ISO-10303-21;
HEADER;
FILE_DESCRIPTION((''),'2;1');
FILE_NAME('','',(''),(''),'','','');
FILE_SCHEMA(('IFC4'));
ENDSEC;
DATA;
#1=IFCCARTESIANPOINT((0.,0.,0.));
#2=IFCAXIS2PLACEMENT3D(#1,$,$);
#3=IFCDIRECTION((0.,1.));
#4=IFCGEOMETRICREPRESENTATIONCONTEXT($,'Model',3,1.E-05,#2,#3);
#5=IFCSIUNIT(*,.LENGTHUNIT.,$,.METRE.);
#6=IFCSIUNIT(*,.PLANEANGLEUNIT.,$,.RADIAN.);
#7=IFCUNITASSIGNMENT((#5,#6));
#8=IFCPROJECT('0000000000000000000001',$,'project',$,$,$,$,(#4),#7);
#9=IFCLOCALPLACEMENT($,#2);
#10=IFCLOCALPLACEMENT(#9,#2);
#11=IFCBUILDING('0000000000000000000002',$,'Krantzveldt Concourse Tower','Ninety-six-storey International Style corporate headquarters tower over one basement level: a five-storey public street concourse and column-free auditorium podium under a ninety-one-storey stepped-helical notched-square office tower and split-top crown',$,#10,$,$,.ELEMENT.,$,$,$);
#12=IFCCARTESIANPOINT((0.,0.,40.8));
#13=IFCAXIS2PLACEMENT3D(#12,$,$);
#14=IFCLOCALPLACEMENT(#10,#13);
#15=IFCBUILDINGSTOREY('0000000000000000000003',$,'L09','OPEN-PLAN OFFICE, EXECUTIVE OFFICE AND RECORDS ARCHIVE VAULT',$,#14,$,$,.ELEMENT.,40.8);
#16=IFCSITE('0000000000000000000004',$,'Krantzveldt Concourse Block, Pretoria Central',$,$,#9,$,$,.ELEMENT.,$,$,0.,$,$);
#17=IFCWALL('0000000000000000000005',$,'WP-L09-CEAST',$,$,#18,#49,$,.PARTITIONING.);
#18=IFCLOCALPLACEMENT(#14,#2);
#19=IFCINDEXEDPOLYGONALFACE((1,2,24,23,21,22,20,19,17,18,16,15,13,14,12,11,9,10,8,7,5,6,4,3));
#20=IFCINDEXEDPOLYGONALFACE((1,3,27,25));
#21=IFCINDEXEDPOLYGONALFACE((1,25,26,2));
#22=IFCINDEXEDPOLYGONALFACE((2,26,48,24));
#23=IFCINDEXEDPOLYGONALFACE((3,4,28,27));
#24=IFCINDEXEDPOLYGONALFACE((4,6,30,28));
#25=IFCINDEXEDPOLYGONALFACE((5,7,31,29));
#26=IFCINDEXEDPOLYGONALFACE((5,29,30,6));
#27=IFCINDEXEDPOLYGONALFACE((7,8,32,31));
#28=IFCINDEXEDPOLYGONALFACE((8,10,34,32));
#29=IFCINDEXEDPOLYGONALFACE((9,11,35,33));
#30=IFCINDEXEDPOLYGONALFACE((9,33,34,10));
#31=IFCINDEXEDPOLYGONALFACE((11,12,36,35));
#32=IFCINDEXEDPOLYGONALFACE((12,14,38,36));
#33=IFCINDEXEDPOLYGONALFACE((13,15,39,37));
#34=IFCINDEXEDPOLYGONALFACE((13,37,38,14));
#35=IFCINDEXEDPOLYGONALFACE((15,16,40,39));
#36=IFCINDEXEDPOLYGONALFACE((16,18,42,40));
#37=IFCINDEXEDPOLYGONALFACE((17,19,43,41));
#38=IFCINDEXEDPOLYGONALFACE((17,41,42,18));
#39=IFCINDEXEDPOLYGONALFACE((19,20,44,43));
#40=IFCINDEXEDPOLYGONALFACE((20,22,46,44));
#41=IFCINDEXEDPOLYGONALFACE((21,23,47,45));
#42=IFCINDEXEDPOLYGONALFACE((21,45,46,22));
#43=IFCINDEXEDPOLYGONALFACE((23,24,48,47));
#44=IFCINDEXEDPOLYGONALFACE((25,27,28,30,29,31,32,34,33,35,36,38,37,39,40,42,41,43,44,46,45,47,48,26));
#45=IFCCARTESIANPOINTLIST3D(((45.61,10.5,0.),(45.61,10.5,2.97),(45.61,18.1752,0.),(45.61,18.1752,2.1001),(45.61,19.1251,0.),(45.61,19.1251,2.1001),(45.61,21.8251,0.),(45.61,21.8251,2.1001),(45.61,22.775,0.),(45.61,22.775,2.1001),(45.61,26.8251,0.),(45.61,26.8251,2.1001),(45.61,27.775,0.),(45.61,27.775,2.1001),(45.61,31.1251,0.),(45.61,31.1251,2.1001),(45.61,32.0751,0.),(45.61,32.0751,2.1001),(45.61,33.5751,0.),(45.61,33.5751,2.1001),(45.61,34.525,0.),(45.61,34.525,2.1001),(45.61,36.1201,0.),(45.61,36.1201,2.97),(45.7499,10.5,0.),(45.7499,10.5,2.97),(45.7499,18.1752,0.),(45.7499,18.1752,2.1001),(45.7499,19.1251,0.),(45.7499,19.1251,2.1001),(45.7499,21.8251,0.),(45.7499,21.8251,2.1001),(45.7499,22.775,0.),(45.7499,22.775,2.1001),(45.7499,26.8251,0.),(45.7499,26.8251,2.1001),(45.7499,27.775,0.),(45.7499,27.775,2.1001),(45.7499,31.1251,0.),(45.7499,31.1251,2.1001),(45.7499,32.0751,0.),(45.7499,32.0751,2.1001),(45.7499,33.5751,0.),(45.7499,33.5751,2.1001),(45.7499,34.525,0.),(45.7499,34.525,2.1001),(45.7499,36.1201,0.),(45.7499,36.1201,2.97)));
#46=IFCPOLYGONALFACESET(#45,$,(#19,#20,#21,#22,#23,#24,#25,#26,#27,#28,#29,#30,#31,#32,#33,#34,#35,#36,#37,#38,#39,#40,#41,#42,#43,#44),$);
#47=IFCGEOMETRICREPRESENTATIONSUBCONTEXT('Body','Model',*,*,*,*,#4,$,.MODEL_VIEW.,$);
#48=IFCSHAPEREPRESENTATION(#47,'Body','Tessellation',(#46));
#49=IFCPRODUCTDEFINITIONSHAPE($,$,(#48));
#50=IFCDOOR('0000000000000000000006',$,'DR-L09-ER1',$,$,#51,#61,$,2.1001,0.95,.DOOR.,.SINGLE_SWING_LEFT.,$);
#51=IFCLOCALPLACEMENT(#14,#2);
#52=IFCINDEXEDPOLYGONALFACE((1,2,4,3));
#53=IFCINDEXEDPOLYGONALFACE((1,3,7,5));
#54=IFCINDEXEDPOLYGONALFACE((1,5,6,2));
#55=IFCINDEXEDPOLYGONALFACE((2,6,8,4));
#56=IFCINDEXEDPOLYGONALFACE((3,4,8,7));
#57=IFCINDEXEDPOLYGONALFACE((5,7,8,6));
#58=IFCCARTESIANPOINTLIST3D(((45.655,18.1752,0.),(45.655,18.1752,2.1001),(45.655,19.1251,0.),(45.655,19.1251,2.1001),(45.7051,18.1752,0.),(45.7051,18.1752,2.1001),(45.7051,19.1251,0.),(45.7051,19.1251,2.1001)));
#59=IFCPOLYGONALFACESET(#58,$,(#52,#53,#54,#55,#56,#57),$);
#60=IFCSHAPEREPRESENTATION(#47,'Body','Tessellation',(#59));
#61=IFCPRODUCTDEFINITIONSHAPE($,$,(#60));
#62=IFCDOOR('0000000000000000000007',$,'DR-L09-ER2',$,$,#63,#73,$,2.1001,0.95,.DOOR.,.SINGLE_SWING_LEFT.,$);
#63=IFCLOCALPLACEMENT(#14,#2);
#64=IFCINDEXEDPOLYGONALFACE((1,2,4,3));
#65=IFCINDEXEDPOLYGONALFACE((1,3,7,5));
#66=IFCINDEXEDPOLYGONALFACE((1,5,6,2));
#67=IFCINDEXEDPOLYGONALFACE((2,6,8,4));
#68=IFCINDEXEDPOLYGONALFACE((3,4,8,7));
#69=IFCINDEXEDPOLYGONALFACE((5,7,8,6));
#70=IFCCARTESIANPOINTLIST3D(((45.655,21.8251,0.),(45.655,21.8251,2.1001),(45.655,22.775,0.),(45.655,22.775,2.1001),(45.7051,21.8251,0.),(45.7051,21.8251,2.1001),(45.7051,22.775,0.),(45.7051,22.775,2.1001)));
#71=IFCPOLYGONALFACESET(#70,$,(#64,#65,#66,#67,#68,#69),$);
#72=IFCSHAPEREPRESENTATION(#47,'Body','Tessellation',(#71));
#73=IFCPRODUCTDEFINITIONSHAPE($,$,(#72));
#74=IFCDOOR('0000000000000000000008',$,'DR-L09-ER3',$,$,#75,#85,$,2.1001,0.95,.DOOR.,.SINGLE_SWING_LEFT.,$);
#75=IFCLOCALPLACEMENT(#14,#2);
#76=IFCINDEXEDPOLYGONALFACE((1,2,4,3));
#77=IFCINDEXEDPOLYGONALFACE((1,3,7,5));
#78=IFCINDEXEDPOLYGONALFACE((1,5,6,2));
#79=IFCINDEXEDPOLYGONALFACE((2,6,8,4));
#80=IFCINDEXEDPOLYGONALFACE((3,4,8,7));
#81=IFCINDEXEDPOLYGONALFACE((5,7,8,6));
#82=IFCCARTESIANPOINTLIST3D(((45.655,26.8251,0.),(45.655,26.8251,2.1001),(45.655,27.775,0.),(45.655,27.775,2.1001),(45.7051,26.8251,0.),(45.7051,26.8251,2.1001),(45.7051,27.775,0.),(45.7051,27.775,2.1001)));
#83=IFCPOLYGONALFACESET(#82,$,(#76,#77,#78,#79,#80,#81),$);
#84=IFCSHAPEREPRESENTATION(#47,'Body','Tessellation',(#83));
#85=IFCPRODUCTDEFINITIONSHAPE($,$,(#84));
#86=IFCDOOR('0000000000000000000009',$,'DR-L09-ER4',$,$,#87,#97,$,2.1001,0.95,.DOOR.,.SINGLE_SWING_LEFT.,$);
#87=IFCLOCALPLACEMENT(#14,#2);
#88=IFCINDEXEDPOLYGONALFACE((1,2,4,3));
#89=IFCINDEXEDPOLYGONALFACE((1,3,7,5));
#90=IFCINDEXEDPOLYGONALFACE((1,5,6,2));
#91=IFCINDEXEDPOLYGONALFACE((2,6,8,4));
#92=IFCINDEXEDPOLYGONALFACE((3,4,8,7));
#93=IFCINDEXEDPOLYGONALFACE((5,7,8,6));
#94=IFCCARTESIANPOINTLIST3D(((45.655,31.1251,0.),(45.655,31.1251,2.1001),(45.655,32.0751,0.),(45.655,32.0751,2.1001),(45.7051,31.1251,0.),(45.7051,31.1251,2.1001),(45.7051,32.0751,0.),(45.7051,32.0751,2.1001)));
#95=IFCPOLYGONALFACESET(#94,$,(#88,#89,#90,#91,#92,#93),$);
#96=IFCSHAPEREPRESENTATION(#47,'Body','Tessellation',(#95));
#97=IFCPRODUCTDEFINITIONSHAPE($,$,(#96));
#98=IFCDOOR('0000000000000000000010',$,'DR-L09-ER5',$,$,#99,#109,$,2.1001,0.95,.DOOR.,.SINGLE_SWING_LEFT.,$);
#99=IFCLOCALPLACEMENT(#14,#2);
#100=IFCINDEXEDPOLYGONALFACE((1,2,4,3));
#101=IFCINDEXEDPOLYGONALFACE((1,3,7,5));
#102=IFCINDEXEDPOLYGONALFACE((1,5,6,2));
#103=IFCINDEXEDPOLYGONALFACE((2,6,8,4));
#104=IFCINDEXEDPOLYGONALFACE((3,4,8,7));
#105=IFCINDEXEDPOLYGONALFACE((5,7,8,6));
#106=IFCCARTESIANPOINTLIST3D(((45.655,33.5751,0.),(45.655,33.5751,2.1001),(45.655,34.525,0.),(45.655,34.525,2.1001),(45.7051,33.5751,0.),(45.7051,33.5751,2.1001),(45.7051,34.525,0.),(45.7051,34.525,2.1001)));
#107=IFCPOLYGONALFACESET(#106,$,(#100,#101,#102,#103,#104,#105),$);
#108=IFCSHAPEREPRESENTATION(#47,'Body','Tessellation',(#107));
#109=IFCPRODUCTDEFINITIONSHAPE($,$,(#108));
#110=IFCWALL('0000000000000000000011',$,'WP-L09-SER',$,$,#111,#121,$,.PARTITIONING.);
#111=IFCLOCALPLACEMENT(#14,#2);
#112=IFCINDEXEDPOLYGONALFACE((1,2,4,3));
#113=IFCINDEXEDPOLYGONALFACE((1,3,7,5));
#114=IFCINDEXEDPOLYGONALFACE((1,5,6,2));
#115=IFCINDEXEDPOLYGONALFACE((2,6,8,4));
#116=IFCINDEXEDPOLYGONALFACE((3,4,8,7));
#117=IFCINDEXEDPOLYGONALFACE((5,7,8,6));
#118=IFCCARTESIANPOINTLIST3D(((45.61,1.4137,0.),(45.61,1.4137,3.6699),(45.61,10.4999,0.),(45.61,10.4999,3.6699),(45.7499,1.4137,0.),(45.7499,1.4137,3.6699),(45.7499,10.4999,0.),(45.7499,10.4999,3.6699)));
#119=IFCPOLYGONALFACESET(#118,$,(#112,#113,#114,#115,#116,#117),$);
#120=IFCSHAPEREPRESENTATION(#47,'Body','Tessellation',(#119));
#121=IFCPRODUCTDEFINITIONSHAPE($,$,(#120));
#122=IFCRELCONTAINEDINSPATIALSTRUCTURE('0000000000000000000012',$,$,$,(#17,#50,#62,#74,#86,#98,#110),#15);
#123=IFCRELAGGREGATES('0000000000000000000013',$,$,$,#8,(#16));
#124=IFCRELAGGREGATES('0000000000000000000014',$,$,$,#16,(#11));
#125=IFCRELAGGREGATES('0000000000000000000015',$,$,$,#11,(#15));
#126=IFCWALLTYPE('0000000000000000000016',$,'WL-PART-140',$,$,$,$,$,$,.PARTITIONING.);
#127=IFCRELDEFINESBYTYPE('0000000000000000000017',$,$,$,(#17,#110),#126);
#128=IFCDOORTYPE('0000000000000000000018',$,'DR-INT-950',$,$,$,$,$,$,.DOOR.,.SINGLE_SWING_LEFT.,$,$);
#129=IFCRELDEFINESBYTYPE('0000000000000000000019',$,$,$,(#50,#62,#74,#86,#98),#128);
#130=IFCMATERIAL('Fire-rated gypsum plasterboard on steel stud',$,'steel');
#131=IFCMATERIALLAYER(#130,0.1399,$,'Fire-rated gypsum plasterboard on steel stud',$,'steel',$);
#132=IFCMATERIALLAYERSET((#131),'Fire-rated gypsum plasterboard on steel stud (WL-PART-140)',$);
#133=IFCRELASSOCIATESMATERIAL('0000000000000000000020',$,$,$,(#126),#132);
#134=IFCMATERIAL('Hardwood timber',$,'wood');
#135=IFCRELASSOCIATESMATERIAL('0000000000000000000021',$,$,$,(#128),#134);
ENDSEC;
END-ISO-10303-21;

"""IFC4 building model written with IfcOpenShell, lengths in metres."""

from ifc_helpers import new_model, si_unit, direction, frame, frame_2d, origin, place, context, subcontext, project, spatial, rectangle, extrude, material, layer, layer_set, type_object, element, fill, save


model = new_model("IFC4")

# Units and contexts
model_context = context("Model", 3, precision=1e-05, world=origin(), true_north=direction((0.0, 1.0)))
body_context = subcontext(model_context, "Body", "Model", "MODEL_VIEW")
ifc_project = project(units=[si_unit("LENGTHUNIT", "METRE"), si_unit("PLANEANGLEUNIT", "RADIAN")], contexts=[model_context])

# Site, building, storey
site_placement = place(None, origin())
site = spatial("IfcSite", under=ifc_project, at=site_placement, Name="Krantzveldt Concourse Block, Pretoria Central", CompositionType="ELEMENT", RefElevation=0.0)
building_placement = place(site_placement, origin())
building = spatial("IfcBuilding", under=site, at=building_placement, Name="Krantzveldt Concourse Tower", Description="Ninety-six-storey International Style corporate headquarters tower over one basement level: a five-storey public street concourse and column-free auditorium podium under a ninety-one-storey stepped-helical notched-square office tower and split-top crown", CompositionType="ELEMENT")
storey_placement = place(building_placement, frame((0.0, 0.0, 40.8)))
storey = spatial("IfcBuildingStorey", under=building, at=storey_placement, Name="L09", Description="OPEN-PLAN OFFICE, EXECUTIVE OFFICE AND RECORDS ARCHIVE VAULT", CompositionType="ELEMENT", Elevation=40.8)

# Shared definitions
ifc_material_1 = material(Name="Fire-rated gypsum plasterboard on steel stud", Category="steel")

# Wall, openings, doors
ifc_layer_1 = layer(ifc_material_1, 0.1399, Name="Fire-rated gypsum plasterboard on steel stud", Category="steel")
ifc_layer_set_1 = layer_set([ifc_layer_1], Name="Fire-rated gypsum plasterboard on steel stud (WL-PART-140)")
wall_type_1 = type_object("IfcWallType", Name="WL-PART-140", PredefinedType="PARTITIONING", material=ifc_layer_set_1)
wall_1_placement = place(storey_placement, frame((45.6799, 10.5, 0.0), z_axis=(0.0, 0.0, 1.0), x_axis=(0.0, 1.0, 0.0)))
wall_1 = element("IfcWall", 1, at=wall_1_placement, inside=storey, type_object=wall_type_1, Name="WP-L09-CEAST", PredefinedType="PARTITIONING", context=body_context, shape_type="SweptSolid", body=[
    extrude(rectangle(XDim=25.6201, YDim=0.1399, at=frame_2d((12.8101, 0.0))), origin(), (0.0, 0.0, 1.0), 2.97),
])
opening_1_placement = place(wall_1_placement, frame((7.675, 0.0, 0.0)))
opening_1 = element("IfcOpeningElement", 2, at=opening_1_placement, cuts=wall_1, PredefinedType="OPENING", context=body_context, shape_type="SweptSolid", body=[
    extrude(rectangle(XDim=0.95, YDim=2.1001, at=frame_2d((0.4751, 1.05))), frame((0.0, 0.0801, 0.0), z_axis=(0.0, -1.0, 0.0), x_axis=(1.0, 0.0, 0.0)), (0.0, 0.0, 1.0), 0.1599),
])
opening_2_placement = place(wall_1_placement, frame((11.325, 0.0, 0.0)))
opening_2 = element("IfcOpeningElement", 3, at=opening_2_placement, cuts=wall_1, PredefinedType="OPENING", context=body_context, shape_type="SweptSolid", body=[
    extrude(rectangle(XDim=0.95, YDim=2.1001, at=frame_2d((0.4751, 1.05))), frame((0.0, 0.0801, 0.0), z_axis=(0.0, -1.0, 0.0), x_axis=(1.0, 0.0, 0.0)), (0.0, 0.0, 1.0), 0.1599),
])
opening_3_placement = place(wall_1_placement, frame((16.325, 0.0, 0.0)))
opening_3 = element("IfcOpeningElement", 4, at=opening_3_placement, cuts=wall_1, PredefinedType="OPENING", context=body_context, shape_type="SweptSolid", body=[
    extrude(rectangle(XDim=0.95, YDim=2.1001, at=frame_2d((0.4751, 1.05))), frame((0.0, 0.0801, 0.0), z_axis=(0.0, -1.0, 0.0), x_axis=(1.0, 0.0, 0.0)), (0.0, 0.0, 1.0), 0.1599),
])
opening_4_placement = place(wall_1_placement, frame((20.625, 0.0, 0.0)))
opening_4 = element("IfcOpeningElement", 5, at=opening_4_placement, cuts=wall_1, PredefinedType="OPENING", context=body_context, shape_type="SweptSolid", body=[
    extrude(rectangle(XDim=0.95, YDim=2.1001, at=frame_2d((0.4751, 1.05))), frame((0.0, 0.0801, 0.0), z_axis=(0.0, -1.0, 0.0), x_axis=(1.0, 0.0, 0.0)), (0.0, 0.0, 1.0), 0.1599),
])
opening_5_placement = place(wall_1_placement, frame((23.075, 0.0, 0.0)))
opening_5 = element("IfcOpeningElement", 6, at=opening_5_placement, cuts=wall_1, PredefinedType="OPENING", context=body_context, shape_type="SweptSolid", body=[
    extrude(rectangle(XDim=0.95, YDim=2.1001, at=frame_2d((0.4751, 1.05))), frame((0.0, 0.0801, 0.0), z_axis=(0.0, -1.0, 0.0), x_axis=(1.0, 0.0, 0.0)), (0.0, 0.0, 1.0), 0.1599),
])
ifc_material_2 = material(Name="Hardwood timber", Category="wood")
door_type = type_object("IfcDoorType", Name="DR-INT-950", OperationType="SINGLE_SWING_LEFT", PredefinedType="DOOR", material=ifc_material_2)
door_1_placement = place(opening_1_placement, origin())
door_1 = element("IfcDoor", 7, at=door_1_placement, inside=storey, type_object=door_type, Name="DR-L09-ER1", OperationType="SINGLE_SWING_LEFT", OverallHeight=2.1001, OverallWidth=0.95, PredefinedType="DOOR", context=body_context, shape_type="SweptSolid", body=[
    extrude(rectangle(XDim=0.95, YDim=2.1001, at=frame_2d((0.4751, 1.05))), frame((0.0, 0.0249, 0.0), z_axis=(0.0, -1.0, 0.0), x_axis=(1.0, 0.0, 0.0)), (0.0, 0.0, 1.0), 0.05),
])
fill(opening_1, door_1)
door_2_placement = place(opening_2_placement, origin())
door_2 = element("IfcDoor", 8, at=door_2_placement, inside=storey, type_object=door_type, Name="DR-L09-ER2", OperationType="SINGLE_SWING_LEFT", OverallHeight=2.1001, OverallWidth=0.95, PredefinedType="DOOR", context=body_context, shape_type="SweptSolid", body=[
    extrude(rectangle(XDim=0.95, YDim=2.1001, at=frame_2d((0.4751, 1.05))), frame((0.0, 0.0249, 0.0), z_axis=(0.0, -1.0, 0.0), x_axis=(1.0, 0.0, 0.0)), (0.0, 0.0, 1.0), 0.05),
])
fill(opening_2, door_2)
door_3_placement = place(opening_3_placement, origin())
door_3 = element("IfcDoor", 9, at=door_3_placement, inside=storey, type_object=door_type, Name="DR-L09-ER3", OperationType="SINGLE_SWING_LEFT", OverallHeight=2.1001, OverallWidth=0.95, PredefinedType="DOOR", context=body_context, shape_type="SweptSolid", body=[
    extrude(rectangle(XDim=0.95, YDim=2.1001, at=frame_2d((0.4751, 1.05))), frame((0.0, 0.0249, 0.0), z_axis=(0.0, -1.0, 0.0), x_axis=(1.0, 0.0, 0.0)), (0.0, 0.0, 1.0), 0.05),
])
fill(opening_3, door_3)
door_4_placement = place(opening_4_placement, origin())
door_4 = element("IfcDoor", 10, at=door_4_placement, inside=storey, type_object=door_type, Name="DR-L09-ER4", OperationType="SINGLE_SWING_LEFT", OverallHeight=2.1001, OverallWidth=0.95, PredefinedType="DOOR", context=body_context, shape_type="SweptSolid", body=[
    extrude(rectangle(XDim=0.95, YDim=2.1001, at=frame_2d((0.4751, 1.05))), frame((0.0, 0.0249, 0.0), z_axis=(0.0, -1.0, 0.0), x_axis=(1.0, 0.0, 0.0)), (0.0, 0.0, 1.0), 0.05),
])
fill(opening_4, door_4)
door_5_placement = place(opening_5_placement, origin())
door_5 = element("IfcDoor", 11, at=door_5_placement, inside=storey, type_object=door_type, Name="DR-L09-ER5", OperationType="SINGLE_SWING_LEFT", OverallHeight=2.1001, OverallWidth=0.95, PredefinedType="DOOR", context=body_context, shape_type="SweptSolid", body=[
    extrude(rectangle(XDim=0.95, YDim=2.1001, at=frame_2d((0.4751, 1.05))), frame((0.0, 0.0249, 0.0), z_axis=(0.0, -1.0, 0.0), x_axis=(1.0, 0.0, 0.0)), (0.0, 0.0, 1.0), 0.05),
])
fill(opening_5, door_5)

# Wall
wall_2_placement = place(storey_placement, frame((45.6799, 1.4138, 0.0), z_axis=(0.0, 0.0, 1.0), x_axis=(0.0, 1.0, 0.0)))
element("IfcWall", 12, at=wall_2_placement, inside=storey, type_object=wall_type_1, Name="WP-L09-SER", PredefinedType="PARTITIONING", context=body_context, shape_type="SweptSolid", body=[
    extrude(rectangle(XDim=9.0862, YDim=0.1399, at=frame_2d((4.543, 0.0))), origin(), (0.0, 0.0, 1.0), 3.6699),
])

save(model, "model.ifc")
